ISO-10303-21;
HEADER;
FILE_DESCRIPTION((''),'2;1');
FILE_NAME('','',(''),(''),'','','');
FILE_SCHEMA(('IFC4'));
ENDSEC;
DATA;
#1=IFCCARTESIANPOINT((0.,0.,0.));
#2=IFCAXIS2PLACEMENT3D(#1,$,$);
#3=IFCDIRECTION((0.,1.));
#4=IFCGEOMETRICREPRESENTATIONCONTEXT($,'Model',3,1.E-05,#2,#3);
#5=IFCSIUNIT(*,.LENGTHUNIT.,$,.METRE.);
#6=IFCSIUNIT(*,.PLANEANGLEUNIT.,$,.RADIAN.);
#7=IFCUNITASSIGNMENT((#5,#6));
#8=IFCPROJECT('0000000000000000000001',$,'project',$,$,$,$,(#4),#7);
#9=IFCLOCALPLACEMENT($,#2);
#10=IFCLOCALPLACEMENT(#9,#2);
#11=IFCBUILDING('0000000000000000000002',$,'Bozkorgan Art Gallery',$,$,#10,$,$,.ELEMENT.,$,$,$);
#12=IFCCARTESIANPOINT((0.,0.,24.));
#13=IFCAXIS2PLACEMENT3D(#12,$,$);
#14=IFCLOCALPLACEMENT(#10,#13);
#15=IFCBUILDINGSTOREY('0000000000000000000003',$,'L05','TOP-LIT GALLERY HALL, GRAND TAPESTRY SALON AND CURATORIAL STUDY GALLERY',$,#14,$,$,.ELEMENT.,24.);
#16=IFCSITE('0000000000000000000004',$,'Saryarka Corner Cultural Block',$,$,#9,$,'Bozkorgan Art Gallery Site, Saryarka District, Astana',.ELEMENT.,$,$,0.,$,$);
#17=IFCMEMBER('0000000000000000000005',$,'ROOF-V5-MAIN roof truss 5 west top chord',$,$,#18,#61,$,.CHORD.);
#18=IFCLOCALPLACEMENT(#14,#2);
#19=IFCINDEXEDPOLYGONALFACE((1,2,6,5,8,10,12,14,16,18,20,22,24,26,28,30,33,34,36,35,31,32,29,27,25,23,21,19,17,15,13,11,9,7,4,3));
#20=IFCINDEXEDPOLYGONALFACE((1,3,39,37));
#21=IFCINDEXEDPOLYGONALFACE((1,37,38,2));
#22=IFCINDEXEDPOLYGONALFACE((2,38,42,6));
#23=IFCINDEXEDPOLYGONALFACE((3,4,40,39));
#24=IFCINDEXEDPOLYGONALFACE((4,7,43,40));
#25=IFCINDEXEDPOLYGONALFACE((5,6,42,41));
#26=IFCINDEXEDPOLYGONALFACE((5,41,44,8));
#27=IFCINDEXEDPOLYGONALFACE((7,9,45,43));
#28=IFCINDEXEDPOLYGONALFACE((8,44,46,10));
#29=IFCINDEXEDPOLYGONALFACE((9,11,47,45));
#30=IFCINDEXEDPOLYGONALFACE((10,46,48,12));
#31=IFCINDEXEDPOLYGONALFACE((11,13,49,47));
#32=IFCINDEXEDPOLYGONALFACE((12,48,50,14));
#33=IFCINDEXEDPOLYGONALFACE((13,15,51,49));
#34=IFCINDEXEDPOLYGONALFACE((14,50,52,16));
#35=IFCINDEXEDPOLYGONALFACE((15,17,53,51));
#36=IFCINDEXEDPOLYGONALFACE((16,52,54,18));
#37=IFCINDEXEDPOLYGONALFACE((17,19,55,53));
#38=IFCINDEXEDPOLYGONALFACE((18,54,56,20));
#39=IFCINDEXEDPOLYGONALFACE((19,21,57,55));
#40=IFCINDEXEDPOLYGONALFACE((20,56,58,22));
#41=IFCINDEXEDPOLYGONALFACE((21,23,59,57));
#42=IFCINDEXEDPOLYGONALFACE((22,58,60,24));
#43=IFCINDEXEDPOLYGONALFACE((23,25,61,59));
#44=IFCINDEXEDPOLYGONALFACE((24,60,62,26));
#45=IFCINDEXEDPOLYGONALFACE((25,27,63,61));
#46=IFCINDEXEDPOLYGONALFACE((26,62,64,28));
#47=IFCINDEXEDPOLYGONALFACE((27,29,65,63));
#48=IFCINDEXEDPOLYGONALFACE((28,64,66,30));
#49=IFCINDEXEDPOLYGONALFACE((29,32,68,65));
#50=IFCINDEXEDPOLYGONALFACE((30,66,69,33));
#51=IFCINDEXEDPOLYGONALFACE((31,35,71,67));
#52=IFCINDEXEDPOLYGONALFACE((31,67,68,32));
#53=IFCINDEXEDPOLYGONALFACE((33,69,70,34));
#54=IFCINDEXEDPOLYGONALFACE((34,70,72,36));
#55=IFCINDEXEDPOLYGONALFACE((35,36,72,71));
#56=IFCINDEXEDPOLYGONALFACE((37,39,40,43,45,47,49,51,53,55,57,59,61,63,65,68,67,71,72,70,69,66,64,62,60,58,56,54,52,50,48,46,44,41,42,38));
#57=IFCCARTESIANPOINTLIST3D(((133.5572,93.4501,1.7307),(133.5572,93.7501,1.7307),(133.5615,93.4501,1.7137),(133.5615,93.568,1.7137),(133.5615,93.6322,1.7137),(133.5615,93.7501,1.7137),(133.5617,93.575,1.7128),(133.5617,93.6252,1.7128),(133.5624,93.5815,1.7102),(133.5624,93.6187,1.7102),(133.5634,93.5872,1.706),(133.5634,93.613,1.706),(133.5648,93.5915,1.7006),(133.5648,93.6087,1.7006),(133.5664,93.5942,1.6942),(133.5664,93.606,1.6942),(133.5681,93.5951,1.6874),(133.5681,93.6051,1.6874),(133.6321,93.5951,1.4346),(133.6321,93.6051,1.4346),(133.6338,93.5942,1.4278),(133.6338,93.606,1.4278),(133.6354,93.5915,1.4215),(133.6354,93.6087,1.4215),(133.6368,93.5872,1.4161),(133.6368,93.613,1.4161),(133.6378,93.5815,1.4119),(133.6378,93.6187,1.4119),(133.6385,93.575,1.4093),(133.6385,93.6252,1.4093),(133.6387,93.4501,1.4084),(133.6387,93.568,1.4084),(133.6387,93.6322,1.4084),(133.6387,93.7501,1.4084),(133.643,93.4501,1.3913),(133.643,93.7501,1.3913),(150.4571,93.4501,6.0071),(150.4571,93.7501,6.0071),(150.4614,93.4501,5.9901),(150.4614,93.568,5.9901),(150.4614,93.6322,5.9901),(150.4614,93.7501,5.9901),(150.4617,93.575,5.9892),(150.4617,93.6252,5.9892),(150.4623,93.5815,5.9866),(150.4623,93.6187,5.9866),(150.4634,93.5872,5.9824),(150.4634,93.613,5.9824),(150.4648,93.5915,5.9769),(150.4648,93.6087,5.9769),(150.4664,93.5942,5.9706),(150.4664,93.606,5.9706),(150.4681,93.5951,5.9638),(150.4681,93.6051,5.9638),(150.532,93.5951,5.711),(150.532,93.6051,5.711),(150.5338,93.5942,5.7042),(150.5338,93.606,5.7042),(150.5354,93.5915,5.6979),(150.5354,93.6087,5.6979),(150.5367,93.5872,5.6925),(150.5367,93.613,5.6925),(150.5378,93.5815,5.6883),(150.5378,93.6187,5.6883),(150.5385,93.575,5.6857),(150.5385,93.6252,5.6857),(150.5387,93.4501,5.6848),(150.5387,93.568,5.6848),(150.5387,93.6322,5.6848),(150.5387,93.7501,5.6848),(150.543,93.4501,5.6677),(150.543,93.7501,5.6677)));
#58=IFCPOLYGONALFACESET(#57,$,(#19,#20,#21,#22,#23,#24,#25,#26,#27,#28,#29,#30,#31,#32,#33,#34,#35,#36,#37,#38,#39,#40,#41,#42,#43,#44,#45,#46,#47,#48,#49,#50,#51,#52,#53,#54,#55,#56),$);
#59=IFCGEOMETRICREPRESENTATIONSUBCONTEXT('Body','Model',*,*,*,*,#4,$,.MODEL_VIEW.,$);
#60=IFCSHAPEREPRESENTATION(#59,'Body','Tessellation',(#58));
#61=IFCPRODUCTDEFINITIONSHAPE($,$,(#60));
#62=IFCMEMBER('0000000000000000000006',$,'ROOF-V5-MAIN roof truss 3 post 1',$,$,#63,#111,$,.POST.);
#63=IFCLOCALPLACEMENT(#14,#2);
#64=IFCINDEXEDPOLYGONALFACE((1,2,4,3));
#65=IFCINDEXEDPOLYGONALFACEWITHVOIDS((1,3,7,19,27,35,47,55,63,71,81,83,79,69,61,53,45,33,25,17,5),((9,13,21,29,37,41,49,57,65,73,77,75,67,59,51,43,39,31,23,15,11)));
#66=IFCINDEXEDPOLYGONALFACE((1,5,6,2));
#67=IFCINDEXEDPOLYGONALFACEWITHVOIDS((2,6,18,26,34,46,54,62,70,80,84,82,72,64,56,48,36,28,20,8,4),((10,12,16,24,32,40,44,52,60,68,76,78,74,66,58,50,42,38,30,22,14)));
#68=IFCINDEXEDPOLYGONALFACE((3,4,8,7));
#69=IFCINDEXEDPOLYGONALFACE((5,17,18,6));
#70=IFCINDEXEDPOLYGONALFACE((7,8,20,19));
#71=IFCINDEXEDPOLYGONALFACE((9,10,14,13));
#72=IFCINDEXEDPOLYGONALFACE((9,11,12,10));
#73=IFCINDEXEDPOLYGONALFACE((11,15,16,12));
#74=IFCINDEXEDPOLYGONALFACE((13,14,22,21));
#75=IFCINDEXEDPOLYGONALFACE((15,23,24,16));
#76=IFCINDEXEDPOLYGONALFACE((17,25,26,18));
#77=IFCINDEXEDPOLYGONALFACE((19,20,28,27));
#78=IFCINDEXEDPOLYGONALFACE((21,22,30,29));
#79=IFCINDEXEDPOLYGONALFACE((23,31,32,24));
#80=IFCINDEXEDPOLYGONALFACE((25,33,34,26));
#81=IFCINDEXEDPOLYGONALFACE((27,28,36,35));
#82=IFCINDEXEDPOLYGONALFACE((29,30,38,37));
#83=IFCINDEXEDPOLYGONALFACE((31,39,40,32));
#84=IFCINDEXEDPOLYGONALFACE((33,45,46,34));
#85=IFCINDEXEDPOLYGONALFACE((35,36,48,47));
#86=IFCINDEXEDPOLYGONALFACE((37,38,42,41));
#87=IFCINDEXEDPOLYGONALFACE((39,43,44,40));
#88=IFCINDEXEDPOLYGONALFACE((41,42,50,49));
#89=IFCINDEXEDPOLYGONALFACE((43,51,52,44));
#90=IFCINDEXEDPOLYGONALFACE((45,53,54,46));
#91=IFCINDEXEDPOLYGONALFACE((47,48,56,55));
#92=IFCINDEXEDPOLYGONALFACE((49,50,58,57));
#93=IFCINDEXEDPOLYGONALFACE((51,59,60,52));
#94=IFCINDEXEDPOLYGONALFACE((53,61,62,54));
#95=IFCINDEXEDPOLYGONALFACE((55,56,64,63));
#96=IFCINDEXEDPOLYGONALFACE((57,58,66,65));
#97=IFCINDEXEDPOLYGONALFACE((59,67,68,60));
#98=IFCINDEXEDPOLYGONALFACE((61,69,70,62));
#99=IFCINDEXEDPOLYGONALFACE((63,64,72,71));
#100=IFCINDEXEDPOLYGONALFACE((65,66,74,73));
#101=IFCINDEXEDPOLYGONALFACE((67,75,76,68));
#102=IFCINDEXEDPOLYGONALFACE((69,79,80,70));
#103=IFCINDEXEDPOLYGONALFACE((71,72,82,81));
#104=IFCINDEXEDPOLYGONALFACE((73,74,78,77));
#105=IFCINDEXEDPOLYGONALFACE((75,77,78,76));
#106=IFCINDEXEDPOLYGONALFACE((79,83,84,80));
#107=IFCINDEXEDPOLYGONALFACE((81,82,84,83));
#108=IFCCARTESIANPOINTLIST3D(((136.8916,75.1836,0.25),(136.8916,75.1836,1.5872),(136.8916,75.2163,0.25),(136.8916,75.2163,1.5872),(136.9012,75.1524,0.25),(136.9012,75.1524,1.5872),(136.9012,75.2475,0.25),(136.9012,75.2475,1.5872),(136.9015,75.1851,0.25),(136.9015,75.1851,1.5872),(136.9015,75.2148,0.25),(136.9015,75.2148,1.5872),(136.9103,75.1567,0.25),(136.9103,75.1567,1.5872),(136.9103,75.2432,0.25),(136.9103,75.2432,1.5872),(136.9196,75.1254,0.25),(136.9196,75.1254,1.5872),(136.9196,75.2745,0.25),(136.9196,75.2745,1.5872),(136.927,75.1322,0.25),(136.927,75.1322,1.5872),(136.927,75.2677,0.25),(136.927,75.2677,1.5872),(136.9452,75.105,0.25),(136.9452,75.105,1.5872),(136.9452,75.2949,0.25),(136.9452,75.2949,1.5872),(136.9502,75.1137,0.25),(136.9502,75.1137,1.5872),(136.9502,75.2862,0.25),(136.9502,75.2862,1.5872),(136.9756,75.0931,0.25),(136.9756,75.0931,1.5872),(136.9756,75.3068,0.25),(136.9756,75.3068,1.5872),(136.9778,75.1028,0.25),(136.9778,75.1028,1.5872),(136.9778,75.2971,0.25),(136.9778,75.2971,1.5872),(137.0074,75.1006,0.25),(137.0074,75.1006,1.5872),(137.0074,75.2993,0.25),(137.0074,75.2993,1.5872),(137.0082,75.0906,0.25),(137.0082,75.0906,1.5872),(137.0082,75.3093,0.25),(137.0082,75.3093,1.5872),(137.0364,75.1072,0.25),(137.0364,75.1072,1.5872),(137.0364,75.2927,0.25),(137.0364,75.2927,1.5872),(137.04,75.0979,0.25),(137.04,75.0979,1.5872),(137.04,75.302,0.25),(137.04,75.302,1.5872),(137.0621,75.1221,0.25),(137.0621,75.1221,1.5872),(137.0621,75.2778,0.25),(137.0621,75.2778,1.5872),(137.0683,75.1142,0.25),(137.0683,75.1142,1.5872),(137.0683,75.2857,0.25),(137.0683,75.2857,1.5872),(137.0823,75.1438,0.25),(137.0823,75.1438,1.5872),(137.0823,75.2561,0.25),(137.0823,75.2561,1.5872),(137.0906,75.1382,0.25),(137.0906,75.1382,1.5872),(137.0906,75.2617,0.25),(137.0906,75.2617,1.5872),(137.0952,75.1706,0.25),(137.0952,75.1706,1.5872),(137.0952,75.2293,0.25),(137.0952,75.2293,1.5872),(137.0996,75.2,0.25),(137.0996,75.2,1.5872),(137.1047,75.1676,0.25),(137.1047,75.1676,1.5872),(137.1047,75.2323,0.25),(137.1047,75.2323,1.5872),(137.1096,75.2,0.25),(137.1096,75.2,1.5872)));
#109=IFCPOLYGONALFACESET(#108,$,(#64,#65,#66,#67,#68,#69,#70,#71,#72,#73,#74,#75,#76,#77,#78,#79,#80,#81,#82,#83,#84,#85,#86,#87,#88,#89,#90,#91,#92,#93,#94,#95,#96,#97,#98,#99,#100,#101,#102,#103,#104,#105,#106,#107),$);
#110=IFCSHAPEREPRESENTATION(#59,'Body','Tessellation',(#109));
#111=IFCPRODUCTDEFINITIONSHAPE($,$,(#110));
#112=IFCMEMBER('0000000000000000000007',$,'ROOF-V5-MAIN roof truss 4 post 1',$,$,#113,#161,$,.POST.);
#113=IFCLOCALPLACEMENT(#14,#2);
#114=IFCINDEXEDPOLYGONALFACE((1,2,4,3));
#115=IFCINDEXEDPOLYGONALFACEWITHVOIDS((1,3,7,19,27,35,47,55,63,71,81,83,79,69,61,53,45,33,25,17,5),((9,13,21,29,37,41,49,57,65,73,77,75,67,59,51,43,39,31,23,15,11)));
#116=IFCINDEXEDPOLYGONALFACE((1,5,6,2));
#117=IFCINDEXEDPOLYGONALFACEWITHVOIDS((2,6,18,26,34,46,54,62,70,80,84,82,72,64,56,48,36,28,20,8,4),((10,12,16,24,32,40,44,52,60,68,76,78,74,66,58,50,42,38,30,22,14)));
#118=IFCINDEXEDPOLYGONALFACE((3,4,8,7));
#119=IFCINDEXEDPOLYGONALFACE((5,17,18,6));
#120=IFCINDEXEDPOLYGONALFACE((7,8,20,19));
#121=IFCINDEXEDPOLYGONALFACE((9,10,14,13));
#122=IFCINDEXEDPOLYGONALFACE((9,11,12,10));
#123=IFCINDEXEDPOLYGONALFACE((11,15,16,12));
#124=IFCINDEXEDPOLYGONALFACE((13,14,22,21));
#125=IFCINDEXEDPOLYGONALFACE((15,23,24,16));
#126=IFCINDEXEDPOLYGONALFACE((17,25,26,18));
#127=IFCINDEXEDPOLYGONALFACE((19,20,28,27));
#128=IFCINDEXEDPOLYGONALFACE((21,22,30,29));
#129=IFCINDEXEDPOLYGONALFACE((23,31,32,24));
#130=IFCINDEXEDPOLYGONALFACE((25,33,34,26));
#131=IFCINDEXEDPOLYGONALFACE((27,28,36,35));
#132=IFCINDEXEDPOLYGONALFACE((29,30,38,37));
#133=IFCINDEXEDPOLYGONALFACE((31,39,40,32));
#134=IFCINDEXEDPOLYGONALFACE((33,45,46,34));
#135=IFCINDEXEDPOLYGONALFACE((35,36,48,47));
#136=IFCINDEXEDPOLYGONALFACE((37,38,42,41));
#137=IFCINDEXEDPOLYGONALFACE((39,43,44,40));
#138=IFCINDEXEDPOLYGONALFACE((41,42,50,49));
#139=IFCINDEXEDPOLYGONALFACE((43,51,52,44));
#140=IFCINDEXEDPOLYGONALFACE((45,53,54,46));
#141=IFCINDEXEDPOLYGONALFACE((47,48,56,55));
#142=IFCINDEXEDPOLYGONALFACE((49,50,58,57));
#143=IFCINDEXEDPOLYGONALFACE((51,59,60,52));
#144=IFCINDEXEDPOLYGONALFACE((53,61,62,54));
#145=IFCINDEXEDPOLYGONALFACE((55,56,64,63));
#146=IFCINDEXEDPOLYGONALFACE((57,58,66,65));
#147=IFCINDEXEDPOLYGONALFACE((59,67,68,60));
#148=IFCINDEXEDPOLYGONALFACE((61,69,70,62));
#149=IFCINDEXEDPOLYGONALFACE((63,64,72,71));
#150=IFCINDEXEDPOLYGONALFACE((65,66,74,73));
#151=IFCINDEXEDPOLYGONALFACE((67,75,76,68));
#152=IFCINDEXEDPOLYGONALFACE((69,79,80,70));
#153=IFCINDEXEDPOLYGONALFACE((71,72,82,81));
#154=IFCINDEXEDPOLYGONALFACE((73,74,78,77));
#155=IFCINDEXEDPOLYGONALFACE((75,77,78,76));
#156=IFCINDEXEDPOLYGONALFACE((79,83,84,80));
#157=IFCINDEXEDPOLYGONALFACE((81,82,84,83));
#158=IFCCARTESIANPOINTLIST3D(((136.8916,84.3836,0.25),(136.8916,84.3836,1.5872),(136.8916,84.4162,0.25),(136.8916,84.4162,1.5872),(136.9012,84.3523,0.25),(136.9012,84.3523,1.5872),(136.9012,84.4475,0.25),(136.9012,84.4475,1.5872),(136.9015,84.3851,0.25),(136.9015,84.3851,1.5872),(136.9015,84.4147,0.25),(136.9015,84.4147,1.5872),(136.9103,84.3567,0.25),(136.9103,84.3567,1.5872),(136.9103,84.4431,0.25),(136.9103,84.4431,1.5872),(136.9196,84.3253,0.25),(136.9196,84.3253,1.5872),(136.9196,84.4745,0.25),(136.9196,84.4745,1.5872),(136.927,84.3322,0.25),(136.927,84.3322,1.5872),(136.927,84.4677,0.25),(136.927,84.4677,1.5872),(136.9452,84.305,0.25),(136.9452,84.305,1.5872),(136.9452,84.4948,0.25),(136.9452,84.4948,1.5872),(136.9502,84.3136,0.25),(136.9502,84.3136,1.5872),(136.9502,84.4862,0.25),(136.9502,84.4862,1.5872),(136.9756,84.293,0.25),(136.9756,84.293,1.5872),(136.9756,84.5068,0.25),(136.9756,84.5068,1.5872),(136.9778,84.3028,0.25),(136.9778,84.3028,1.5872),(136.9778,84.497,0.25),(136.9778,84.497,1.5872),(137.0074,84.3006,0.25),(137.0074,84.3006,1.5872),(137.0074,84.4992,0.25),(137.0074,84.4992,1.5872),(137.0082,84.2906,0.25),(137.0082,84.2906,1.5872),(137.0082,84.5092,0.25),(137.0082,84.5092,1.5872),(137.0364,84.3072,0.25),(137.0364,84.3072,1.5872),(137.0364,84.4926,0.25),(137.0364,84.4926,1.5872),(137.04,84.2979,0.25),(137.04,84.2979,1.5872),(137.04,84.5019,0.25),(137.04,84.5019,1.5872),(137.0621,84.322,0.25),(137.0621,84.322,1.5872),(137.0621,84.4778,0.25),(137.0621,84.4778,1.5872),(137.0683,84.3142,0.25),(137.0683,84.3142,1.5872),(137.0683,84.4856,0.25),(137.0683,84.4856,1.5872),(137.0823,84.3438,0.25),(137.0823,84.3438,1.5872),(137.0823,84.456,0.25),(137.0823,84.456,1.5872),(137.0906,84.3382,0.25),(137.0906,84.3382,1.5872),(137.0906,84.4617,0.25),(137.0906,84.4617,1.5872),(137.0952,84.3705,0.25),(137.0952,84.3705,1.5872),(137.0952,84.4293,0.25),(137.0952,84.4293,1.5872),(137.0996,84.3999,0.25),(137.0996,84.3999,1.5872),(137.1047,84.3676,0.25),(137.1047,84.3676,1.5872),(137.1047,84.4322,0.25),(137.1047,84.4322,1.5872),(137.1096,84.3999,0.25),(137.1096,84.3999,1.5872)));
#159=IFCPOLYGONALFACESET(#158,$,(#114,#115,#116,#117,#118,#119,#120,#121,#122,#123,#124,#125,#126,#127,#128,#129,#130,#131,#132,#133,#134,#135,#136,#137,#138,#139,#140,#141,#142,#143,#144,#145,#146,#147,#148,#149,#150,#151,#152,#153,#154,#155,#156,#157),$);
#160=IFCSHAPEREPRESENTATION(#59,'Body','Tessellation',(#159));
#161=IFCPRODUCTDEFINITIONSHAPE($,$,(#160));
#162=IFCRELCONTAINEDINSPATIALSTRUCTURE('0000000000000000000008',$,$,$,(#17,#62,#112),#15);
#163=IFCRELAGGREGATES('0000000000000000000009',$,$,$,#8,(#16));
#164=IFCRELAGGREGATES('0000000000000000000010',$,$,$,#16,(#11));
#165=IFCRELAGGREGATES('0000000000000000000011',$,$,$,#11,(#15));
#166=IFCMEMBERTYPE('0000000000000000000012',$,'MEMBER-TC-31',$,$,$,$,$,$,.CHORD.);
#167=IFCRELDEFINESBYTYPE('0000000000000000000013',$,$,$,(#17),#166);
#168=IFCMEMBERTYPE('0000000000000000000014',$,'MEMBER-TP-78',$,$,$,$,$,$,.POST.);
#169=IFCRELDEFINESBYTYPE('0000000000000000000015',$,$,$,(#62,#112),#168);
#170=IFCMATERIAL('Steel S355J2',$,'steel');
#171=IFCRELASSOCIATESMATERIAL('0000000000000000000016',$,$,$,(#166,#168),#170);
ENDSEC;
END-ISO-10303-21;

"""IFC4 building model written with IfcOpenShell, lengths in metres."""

from ifc_helpers import new_model, si_unit, direction, frame, origin, origin_2d, place, context, subcontext, project, spatial, hollow_circle, i_section, extrude, material, material_profile, profile_set, type_object, element, save


model = new_model("IFC4")

# Units and contexts
model_context = context("Model", 3, precision=1e-05, world=origin(), true_north=direction((0.0, 1.0)))
body_context = subcontext(model_context, "Body", "Model", "MODEL_VIEW")
ifc_project = project(units=[si_unit("LENGTHUNIT", "METRE"), si_unit("PLANEANGLEUNIT", "RADIAN")], contexts=[model_context])

# Site, building, storey
site_placement = place(None, origin())
site = spatial("IfcSite", under=ifc_project, at=site_placement, Name="Saryarka Corner Cultural Block", LongName="Bozkorgan Art Gallery Site, Saryarka District, Astana", CompositionType="ELEMENT", RefElevation=0.0)
building_placement = place(site_placement, origin())
building = spatial("IfcBuilding", under=site, at=building_placement, Name="Bozkorgan Art Gallery", CompositionType="ELEMENT")
storey_placement = place(building_placement, frame((0.0, 0.0, 24.0)))
storey = spatial("IfcBuildingStorey", under=building, at=storey_placement, Name="L05", Description="TOP-LIT GALLERY HALL, GRAND TAPESTRY SALON AND CURATORIAL STUDY GALLERY", CompositionType="ELEMENT", Elevation=24.0)

# Members
ifc_material = material(Name="Steel S355J2", Category="steel")
ifc_material_profile_1 = material_profile(ifc_material, i_section(OverallWidth=0.3, OverallDepth=0.3501, WebThickness=0.01, FlangeThickness=0.0176, FilletRadius=0.0271, at=origin_2d()), Name="HEA 360")
ifc_profile_set_1 = profile_set([ifc_material_profile_1], Name="Steel S355J2")
member_type_1 = type_object("IfcMemberType", Name="MEMBER-TC-31", PredefinedType="CHORD", material=ifc_profile_set_1)
member_1_placement = place(storey_placement, frame((133.6001, 93.6001, 1.561), z_axis=(0.969445, 0.0, 0.245309), x_axis=(0.0, 1.0, 0.0)))
element("IfcMember", 1, at=member_1_placement, inside=storey, type_object=member_type_1, Name="ROOF-V5-MAIN roof truss 5 west top chord", PredefinedType="CHORD", context=body_context, shape_type="SweptSolid", body=[
    extrude(i_section(OverallWidth=0.3, OverallDepth=0.3501, WebThickness=0.01, FlangeThickness=0.0176, FilletRadius=0.0271, at=origin_2d()), origin(), (0.0, 0.0, 1.0), 17.4326),
])
ifc_material_profile_2 = material_profile(ifc_material, hollow_circle(Radius=0.1096, WallThickness=0.01, at=origin_2d()), Name="CHS 219.1x10")
ifc_profile_set_2 = profile_set([ifc_material_profile_2], Name="Steel S355J2")
member_type_2 = type_object("IfcMemberType", Name="MEMBER-TP-78", PredefinedType="POST", material=ifc_profile_set_2)
for number, where, z_axis, x_axis, name in (
    (2, (137.0, 75.2, 0.25), (0.0, 0.0, 1.0), (1.0, 0.0, 0.0), "ROOF-V5-MAIN roof truss 3 post 1"),
    (3, (137.0, 84.3999, 0.25), (0.0, 0.0, 1.0), (1.0, 0.0, 0.0), "ROOF-V5-MAIN roof truss 4 post 1"),
):
    element("IfcMember", number, at=place(storey_placement, frame(where, z_axis=z_axis, x_axis=x_axis)), inside=storey, type_object=member_type_2, Name=name, PredefinedType="POST", context=body_context, shape_type="SweptSolid", body=[
        extrude(hollow_circle(Radius=0.1096, WallThickness=0.01, at=origin_2d()), origin(), (0.0, 0.0, 1.0), 1.3372),
    ])

save(model, "model.ifc")
